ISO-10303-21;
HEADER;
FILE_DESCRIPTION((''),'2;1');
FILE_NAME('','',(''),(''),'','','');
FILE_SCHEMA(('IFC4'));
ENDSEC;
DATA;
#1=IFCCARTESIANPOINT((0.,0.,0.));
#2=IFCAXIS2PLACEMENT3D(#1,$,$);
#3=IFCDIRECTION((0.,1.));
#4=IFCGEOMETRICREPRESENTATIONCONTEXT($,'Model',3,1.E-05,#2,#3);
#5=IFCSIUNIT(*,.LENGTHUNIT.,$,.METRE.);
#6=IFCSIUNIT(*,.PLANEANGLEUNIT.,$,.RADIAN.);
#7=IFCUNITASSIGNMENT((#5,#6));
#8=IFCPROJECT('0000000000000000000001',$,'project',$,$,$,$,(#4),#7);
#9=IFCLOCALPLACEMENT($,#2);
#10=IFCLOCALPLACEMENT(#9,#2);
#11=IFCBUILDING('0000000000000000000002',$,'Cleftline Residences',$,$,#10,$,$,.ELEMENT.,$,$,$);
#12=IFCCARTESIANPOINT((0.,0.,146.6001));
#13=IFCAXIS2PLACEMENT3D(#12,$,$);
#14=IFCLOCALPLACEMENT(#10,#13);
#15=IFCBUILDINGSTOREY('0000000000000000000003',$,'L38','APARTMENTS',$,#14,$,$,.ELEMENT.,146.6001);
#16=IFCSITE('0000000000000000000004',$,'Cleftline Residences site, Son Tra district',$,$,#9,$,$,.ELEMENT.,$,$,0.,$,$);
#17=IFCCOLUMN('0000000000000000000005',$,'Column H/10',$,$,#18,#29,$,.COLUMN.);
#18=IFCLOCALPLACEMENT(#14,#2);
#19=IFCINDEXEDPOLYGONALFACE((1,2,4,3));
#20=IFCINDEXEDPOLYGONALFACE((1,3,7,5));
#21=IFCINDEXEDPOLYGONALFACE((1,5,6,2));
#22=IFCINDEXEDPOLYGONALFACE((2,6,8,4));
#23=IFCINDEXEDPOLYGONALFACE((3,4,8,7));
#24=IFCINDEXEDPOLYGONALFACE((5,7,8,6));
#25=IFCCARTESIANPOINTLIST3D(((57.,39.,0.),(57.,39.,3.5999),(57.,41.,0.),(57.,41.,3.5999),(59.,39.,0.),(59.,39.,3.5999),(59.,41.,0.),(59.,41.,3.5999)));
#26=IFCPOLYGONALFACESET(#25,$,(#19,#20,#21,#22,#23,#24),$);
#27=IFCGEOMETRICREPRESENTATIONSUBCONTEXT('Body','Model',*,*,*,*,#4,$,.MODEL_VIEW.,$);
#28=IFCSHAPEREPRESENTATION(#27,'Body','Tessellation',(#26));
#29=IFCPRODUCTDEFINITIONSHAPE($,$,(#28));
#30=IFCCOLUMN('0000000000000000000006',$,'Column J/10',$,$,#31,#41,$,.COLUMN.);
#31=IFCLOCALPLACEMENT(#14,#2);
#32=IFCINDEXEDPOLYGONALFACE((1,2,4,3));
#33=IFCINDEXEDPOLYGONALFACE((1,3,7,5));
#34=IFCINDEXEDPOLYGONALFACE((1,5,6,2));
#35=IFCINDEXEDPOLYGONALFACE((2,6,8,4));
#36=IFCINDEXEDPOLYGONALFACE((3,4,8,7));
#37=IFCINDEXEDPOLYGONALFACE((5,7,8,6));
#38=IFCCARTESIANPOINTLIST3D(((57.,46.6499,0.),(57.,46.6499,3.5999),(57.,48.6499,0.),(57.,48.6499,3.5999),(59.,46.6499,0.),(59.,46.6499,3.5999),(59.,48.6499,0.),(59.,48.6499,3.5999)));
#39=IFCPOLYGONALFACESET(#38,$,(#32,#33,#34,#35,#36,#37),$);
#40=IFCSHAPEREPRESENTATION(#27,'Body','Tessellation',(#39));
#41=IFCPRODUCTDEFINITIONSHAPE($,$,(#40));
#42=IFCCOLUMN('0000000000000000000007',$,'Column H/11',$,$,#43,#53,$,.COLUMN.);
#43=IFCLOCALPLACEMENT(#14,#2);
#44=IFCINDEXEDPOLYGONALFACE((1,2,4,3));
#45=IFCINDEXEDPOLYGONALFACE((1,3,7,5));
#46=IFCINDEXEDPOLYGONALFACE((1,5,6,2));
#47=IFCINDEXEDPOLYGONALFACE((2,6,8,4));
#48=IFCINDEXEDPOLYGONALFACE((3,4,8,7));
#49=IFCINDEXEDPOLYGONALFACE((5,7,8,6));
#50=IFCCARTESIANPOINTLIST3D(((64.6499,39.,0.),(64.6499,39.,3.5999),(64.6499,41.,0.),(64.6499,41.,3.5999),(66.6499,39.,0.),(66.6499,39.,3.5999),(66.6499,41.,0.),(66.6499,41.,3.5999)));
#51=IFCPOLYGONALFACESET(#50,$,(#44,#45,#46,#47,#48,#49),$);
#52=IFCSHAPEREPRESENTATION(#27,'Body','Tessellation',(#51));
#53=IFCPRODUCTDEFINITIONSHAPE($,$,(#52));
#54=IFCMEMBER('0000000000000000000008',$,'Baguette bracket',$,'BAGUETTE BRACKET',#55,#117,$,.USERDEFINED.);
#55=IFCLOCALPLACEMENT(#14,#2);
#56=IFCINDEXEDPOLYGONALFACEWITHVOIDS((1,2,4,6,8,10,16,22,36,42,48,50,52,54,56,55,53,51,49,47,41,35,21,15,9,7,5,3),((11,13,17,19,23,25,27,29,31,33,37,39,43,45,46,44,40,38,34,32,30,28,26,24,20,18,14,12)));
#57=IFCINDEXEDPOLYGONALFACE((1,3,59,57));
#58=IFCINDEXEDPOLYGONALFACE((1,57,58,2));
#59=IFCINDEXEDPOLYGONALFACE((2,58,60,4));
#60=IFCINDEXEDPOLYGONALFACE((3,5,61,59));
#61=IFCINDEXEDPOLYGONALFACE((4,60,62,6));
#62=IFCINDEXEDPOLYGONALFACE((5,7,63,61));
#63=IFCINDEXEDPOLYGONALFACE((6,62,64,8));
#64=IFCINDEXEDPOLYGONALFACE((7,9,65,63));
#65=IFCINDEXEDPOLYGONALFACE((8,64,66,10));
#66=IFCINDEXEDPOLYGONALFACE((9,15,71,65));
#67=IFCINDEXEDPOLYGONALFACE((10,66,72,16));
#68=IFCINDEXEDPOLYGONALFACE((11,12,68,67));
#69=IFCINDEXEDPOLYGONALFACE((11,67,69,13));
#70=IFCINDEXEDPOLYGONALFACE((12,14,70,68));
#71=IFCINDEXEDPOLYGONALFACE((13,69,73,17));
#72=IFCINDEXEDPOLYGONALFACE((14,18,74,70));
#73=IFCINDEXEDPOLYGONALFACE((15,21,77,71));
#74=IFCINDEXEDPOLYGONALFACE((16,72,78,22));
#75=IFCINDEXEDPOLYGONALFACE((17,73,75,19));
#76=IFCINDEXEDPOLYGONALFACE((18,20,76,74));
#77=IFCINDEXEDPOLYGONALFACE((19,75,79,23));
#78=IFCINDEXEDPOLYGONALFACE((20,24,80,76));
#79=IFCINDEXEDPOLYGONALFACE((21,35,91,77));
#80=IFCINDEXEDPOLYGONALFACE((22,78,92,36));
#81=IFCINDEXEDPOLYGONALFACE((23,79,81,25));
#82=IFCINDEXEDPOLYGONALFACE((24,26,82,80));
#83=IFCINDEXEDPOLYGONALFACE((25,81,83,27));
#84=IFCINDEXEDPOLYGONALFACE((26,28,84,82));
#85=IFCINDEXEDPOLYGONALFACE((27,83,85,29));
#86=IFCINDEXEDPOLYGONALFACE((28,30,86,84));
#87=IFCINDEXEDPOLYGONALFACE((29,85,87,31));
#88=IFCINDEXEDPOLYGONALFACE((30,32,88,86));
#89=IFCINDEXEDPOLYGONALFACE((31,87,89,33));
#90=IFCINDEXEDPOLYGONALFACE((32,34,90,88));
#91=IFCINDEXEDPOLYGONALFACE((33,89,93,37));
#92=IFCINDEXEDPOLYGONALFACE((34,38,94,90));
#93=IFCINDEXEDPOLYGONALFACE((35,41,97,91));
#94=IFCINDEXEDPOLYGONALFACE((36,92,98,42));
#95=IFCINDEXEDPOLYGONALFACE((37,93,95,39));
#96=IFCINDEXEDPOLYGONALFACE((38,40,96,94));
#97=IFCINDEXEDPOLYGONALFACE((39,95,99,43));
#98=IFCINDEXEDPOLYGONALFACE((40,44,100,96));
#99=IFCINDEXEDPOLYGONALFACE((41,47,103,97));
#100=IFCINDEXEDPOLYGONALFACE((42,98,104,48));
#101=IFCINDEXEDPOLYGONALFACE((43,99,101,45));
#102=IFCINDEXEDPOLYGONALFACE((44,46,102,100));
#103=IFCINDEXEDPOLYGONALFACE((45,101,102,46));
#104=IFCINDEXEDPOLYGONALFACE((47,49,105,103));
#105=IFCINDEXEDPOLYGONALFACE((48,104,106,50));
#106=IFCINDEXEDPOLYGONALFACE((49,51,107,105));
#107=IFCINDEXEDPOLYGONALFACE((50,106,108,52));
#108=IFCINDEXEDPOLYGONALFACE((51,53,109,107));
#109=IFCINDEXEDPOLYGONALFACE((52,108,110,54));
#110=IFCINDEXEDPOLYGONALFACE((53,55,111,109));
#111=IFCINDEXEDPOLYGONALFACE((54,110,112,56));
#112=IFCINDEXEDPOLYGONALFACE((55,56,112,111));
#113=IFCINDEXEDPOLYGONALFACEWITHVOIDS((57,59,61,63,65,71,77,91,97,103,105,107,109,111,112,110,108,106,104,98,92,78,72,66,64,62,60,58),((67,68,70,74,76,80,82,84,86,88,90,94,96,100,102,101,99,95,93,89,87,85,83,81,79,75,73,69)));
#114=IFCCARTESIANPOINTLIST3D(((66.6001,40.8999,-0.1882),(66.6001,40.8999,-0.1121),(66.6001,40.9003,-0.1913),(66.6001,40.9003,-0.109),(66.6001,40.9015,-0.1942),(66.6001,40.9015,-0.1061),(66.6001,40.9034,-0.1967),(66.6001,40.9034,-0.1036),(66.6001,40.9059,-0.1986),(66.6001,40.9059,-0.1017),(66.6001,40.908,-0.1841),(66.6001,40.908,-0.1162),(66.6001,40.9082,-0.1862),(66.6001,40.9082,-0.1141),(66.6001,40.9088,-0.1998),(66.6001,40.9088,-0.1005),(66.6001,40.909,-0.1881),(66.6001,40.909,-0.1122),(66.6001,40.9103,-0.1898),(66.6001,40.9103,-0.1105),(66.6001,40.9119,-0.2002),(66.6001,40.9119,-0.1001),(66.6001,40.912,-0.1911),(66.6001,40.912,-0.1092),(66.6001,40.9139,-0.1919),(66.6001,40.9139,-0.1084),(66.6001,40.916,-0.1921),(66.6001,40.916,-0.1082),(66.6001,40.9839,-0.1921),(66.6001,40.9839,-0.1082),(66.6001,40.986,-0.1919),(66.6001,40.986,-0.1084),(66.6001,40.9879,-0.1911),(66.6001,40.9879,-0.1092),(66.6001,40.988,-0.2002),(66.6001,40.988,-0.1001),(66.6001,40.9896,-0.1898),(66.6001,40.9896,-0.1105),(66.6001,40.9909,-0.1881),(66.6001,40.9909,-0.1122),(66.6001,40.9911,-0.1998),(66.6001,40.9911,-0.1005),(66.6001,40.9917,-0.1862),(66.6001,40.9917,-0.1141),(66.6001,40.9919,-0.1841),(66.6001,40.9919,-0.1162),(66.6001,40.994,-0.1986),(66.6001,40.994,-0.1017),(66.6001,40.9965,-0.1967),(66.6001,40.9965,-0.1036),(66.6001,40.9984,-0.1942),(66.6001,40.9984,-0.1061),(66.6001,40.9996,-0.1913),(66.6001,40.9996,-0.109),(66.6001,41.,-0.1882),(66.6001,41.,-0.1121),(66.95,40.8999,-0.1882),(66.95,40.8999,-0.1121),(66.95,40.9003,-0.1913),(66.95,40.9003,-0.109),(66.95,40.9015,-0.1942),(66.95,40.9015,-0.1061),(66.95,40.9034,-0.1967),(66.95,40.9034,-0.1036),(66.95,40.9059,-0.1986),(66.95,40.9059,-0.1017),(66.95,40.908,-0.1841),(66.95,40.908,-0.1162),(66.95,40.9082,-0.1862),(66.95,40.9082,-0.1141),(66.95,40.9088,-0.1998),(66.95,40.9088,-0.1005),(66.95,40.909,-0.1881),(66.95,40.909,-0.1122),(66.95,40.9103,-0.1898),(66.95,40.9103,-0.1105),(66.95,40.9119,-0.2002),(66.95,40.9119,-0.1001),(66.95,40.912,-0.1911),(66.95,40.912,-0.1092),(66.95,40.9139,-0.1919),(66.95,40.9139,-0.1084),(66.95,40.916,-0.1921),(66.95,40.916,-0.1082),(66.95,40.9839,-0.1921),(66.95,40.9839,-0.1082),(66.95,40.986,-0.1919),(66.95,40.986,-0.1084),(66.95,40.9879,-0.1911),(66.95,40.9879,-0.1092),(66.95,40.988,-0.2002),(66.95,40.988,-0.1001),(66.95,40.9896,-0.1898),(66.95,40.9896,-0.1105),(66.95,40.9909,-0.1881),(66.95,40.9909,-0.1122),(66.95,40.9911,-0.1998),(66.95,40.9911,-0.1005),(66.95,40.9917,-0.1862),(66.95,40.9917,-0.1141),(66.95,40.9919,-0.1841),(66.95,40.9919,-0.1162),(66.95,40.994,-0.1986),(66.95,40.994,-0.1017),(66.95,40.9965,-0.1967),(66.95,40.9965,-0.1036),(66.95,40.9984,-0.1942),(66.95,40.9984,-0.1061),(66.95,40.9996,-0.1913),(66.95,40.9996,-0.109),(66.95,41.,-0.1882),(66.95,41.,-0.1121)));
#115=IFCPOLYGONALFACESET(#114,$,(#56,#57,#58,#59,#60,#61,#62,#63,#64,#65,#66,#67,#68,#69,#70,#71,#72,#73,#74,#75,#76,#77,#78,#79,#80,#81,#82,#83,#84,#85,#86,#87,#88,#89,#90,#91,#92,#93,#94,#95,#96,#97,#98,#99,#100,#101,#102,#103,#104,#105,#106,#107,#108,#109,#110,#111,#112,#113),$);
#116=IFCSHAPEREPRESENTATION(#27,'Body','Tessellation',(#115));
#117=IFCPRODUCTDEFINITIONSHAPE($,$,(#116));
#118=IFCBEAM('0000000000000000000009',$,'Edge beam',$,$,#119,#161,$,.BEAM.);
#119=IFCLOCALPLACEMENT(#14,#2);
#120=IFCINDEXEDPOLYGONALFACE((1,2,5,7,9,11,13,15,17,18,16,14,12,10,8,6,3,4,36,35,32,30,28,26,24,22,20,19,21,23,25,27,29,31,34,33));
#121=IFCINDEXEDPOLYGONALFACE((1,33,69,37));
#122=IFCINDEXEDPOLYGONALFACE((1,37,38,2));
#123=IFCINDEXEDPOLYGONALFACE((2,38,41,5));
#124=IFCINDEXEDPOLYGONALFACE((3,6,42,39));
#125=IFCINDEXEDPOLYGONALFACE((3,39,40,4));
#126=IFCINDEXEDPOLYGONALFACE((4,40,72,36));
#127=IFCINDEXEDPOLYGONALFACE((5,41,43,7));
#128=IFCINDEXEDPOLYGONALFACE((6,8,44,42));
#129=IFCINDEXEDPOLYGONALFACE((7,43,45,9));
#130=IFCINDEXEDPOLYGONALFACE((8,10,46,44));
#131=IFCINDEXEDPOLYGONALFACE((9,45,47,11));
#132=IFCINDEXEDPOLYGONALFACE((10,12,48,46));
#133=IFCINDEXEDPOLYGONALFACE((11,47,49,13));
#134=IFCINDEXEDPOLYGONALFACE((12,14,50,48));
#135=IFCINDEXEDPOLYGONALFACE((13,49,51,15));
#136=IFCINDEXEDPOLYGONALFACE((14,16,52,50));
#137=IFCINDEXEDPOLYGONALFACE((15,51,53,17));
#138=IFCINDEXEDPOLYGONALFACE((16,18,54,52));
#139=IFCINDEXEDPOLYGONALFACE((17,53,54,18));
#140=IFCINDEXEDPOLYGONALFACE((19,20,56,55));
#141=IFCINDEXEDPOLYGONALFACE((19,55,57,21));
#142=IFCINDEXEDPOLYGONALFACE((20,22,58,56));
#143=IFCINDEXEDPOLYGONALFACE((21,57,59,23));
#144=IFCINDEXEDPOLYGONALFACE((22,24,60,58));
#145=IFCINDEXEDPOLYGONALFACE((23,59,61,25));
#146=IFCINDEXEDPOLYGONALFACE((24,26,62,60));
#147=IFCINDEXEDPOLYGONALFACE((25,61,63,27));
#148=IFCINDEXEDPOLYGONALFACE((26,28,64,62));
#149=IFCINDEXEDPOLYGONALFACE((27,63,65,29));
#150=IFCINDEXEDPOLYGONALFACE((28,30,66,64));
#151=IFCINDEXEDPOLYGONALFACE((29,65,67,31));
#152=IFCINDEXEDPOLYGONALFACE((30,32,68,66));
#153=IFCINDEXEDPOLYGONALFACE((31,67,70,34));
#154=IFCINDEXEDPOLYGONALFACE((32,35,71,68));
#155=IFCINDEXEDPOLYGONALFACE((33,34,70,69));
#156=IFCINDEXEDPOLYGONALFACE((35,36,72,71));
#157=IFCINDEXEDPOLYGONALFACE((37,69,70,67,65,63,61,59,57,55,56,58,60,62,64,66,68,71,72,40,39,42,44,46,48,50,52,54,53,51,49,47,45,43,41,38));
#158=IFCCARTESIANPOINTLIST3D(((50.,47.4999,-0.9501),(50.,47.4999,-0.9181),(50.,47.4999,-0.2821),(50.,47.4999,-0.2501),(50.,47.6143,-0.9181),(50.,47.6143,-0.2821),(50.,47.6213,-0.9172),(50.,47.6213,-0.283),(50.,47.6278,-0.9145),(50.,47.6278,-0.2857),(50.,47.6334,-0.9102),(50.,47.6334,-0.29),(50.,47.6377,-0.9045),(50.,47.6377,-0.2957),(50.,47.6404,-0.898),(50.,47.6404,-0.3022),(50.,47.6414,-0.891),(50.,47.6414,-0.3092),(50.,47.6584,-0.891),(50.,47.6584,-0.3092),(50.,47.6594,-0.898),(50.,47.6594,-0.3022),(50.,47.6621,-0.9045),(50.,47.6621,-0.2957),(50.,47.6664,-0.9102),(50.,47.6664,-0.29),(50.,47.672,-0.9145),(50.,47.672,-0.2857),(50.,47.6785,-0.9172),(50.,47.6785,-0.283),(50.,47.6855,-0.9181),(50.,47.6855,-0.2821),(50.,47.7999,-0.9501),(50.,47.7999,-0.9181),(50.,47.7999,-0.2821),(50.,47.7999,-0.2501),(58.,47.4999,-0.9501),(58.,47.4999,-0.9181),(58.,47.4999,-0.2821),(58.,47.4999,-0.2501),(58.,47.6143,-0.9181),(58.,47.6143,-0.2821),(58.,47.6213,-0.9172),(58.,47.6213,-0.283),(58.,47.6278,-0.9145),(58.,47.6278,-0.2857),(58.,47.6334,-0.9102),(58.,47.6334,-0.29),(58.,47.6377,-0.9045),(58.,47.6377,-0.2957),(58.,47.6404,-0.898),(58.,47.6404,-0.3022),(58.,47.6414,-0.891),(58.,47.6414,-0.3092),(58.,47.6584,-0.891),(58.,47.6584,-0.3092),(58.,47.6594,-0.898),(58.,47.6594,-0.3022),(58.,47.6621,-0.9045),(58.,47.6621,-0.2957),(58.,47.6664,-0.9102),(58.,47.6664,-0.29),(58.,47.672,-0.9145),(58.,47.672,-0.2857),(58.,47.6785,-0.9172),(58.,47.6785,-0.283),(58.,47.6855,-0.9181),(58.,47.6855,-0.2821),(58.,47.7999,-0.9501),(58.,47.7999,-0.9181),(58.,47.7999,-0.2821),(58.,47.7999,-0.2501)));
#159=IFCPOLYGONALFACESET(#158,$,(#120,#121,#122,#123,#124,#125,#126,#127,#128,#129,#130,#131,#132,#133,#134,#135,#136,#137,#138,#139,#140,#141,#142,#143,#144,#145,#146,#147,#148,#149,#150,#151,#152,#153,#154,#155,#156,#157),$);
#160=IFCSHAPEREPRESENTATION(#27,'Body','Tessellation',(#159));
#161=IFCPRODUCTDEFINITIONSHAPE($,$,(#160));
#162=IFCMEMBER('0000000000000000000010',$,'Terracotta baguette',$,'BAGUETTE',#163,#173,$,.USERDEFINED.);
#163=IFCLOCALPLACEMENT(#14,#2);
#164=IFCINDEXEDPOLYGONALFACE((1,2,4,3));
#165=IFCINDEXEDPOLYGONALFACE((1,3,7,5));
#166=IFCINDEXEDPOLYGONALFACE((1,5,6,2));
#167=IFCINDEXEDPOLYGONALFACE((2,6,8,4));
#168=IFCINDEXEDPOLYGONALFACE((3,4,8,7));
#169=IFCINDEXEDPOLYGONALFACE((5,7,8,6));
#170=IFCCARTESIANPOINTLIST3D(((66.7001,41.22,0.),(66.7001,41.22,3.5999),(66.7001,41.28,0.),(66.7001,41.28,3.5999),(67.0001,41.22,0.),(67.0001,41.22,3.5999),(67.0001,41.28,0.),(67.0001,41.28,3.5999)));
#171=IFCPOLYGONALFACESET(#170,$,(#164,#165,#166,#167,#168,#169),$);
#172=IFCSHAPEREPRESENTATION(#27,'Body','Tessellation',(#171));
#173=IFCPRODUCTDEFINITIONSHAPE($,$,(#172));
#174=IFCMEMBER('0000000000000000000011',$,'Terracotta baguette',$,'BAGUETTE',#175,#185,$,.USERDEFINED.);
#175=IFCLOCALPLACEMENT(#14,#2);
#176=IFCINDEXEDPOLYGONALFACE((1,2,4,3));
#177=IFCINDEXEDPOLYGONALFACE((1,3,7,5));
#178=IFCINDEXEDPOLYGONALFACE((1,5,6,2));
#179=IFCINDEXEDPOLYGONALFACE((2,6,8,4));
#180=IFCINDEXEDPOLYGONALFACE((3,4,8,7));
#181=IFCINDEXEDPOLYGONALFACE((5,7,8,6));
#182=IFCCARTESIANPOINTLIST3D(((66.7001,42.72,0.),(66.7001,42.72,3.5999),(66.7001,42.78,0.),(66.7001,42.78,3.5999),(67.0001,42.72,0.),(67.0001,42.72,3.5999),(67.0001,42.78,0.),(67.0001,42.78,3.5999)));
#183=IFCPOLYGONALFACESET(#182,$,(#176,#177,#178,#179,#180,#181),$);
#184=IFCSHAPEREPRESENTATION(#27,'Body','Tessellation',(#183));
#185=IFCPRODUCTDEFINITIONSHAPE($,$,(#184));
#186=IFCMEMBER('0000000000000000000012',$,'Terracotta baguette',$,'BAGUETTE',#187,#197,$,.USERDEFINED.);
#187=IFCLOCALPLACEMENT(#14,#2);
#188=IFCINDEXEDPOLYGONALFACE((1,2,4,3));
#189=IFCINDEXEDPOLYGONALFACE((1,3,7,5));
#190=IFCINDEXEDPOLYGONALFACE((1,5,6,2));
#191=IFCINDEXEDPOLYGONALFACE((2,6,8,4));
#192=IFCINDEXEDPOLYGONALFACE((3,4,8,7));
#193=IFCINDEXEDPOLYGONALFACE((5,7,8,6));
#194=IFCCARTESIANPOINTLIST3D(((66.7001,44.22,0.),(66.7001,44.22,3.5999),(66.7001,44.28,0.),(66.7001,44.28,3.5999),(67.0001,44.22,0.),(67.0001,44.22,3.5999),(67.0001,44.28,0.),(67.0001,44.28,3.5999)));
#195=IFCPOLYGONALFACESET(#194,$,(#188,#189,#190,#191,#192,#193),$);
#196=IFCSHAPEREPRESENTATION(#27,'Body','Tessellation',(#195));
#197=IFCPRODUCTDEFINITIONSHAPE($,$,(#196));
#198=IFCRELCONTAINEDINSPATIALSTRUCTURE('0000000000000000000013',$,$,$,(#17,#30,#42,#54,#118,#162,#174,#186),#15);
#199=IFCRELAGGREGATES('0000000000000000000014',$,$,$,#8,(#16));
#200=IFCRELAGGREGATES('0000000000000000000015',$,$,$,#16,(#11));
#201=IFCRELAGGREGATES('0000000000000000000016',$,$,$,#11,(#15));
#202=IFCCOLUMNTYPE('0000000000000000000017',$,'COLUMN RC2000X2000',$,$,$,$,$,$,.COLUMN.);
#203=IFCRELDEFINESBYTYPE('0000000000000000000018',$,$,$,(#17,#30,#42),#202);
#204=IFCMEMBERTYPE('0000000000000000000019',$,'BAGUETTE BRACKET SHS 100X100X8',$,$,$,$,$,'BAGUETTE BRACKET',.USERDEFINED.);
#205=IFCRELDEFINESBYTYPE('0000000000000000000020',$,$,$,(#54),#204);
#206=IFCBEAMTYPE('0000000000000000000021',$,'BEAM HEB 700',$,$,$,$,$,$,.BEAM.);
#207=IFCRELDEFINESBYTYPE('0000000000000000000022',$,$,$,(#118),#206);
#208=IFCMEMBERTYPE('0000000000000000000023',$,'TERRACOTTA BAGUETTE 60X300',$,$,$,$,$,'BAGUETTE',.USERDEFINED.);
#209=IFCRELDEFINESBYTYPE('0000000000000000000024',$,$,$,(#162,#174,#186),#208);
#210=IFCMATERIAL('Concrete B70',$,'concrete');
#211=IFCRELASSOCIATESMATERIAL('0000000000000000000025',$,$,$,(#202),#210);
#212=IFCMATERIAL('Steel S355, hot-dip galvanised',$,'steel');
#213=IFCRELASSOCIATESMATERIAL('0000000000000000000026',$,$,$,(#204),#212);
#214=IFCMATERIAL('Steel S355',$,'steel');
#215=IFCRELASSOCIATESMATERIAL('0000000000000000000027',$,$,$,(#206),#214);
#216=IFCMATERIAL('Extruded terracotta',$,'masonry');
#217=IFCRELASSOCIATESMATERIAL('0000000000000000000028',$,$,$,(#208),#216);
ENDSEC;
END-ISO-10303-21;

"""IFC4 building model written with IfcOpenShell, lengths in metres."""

from ifc_helpers import new_model, si_unit, direction, frame, origin, origin_2d, place, context, subcontext, project, spatial, rectangle, hollow_rectangle, i_section, extrude, material, material_profile, profile_set, type_object, element, save


model = new_model("IFC4")

# Units and contexts
model_context = context("Model", 3, precision=1e-05, world=origin(), true_north=direction((0.0, 1.0)))
body_context = subcontext(model_context, "Body", "Model", "MODEL_VIEW")
ifc_project = project(units=[si_unit("LENGTHUNIT", "METRE"), si_unit("PLANEANGLEUNIT", "RADIAN")], contexts=[model_context])

# Site, building, storey
site_placement = place(None, origin())
site = spatial("IfcSite", under=ifc_project, at=site_placement, Name="Cleftline Residences site, Son Tra district", CompositionType="ELEMENT", RefElevation=0.0)
building_placement = place(site_placement, origin())
building = spatial("IfcBuilding", under=site, at=building_placement, Name="Cleftline Residences", CompositionType="ELEMENT")
storey_placement = place(building_placement, frame((0.0, 0.0, 146.6001)))
storey = spatial("IfcBuildingStorey", under=building, at=storey_placement, Name="L38", Description="APARTMENTS", CompositionType="ELEMENT", Elevation=146.6001)

# Columns
ifc_material_1 = material(Name="Concrete B70", Category="concrete")
ifc_material_profile_1 = material_profile(ifc_material_1, rectangle(XDim=2.0, YDim=2.0, at=origin_2d()))
ifc_profile_set_1 = profile_set([ifc_material_profile_1], Name="Concrete B70")
column_type = type_object("IfcColumnType", Name="COLUMN RC2000X2000", PredefinedType="COLUMN", material=ifc_profile_set_1)
for number, where, z_axis, x_axis, name in (
    (1, (58.0, 40.0, 0.0), (0.0, 0.0, 1.0), (1.0, 0.0, 0.0), "Column H/10"),
    (2, (58.0, 47.6499, 0.0), (0.0, 0.0, 1.0), (1.0, 0.0, 0.0), "Column J/10"),
    (3, (65.6499, 40.0, 0.0), (0.0, 0.0, 1.0), (1.0, 0.0, 0.0), "Column H/11"),
):
    element("IfcColumn", number, at=place(storey_placement, frame(where, z_axis=z_axis, x_axis=x_axis)), inside=storey, type_object=column_type, Name=name, PredefinedType="COLUMN", context=body_context, shape_type="SweptSolid", body=[
        extrude(rectangle(XDim=2.0, YDim=2.0, at=origin_2d()), origin(), (0.0, 0.0, 1.0), 3.5999),
    ])

# Member
ifc_material_2 = material(Name="Steel S355, hot-dip galvanised", Category="steel")
ifc_material_profile_2 = material_profile(ifc_material_2, hollow_rectangle(XDim=0.1001, YDim=0.1001, WallThickness=0.0081, InnerFilletRadius=0.0081, OuterFilletRadius=0.012, at=origin_2d()))
ifc_profile_set_2 = profile_set([ifc_material_profile_2], Name="Steel S355, hot-dip galvanised")
member_type_1 = type_object("IfcMemberType", Name="BAGUETTE BRACKET SHS 100X100X8", ElementType="BAGUETTE BRACKET", PredefinedType="USERDEFINED", material=ifc_profile_set_2)
member_placement = place(storey_placement, frame((66.6001, 40.95, -0.1501), z_axis=(1.0, 0.0, 0.0), x_axis=(0.0, 1.0, 0.0)))
element("IfcMember", 4, at=member_placement, inside=storey, type_object=member_type_1, Name="Baguette bracket", ObjectType="BAGUETTE BRACKET", PredefinedType="USERDEFINED", context=body_context, shape_type="SweptSolid", body=[
    extrude(hollow_rectangle(XDim=0.1001, YDim=0.1001, WallThickness=0.0081, InnerFilletRadius=0.0081, OuterFilletRadius=0.012, at=origin_2d()), origin(), (0.0, 0.0, 1.0), 0.3499),
])

# Beam
ifc_material_3 = material(Name="Steel S355", Category="steel")
ifc_material_profile_3 = material_profile(ifc_material_3, i_section(OverallWidth=0.3, OverallDepth=0.7, WebThickness=0.0171, FlangeThickness=0.032, FilletRadius=0.0271, at=origin_2d()))
ifc_profile_set_3 = profile_set([ifc_material_profile_3], Name="Steel S355")
beam_type = type_object("IfcBeamType", Name="BEAM HEB 700", PredefinedType="BEAM", material=ifc_profile_set_3)
beam_placement = place(storey_placement, frame((58.0, 47.6499, -0.6001), z_axis=(-1.0, 0.0, 0.0), x_axis=(0.0, -1.0, 0.0)))
element("IfcBeam", 5, at=beam_placement, inside=storey, type_object=beam_type, Name="Edge beam", PredefinedType="BEAM", context=body_context, shape_type="SweptSolid", body=[
    extrude(i_section(OverallWidth=0.3, OverallDepth=0.7, WebThickness=0.0171, FlangeThickness=0.032, FilletRadius=0.0271, at=origin_2d()), origin(), (0.0, 0.0, 1.0), 8.0),
])

# Members
ifc_material_4 = material(Name="Extruded terracotta", Category="masonry")
ifc_material_profile_4 = material_profile(ifc_material_4, rectangle(XDim=0.0601, YDim=0.3, at=origin_2d()))
ifc_profile_set_4 = profile_set([ifc_material_profile_4], Name="Extruded terracotta")
member_type_2 = type_object("IfcMemberType", Name="TERRACOTTA BAGUETTE 60X300", ElementType="BAGUETTE", PredefinedType="USERDEFINED", material=ifc_profile_set_4)
for number, where, z_axis, x_axis, name in (
    (6, (66.8501, 41.25, 0.0), (0.0, 0.0, 1.0), (0.0, 1.0, 0.0), "Terracotta baguette"),
    (7, (66.8501, 42.75, 0.0), (0.0, 0.0, 1.0), (0.0, 1.0, 0.0), "Terracotta baguette"),
    (8, (66.8501, 44.25, 0.0), (0.0, 0.0, 1.0), (0.0, 1.0, 0.0), "Terracotta baguette"),
):
    element("IfcMember", number, at=place(storey_placement, frame(where, z_axis=z_axis, x_axis=x_axis)), inside=storey, type_object=member_type_2, Name=name, ObjectType="BAGUETTE", PredefinedType="USERDEFINED", context=body_context, shape_type="SweptSolid", body=[
        extrude(rectangle(XDim=0.0601, YDim=0.3, at=origin_2d()), origin(), (0.0, 0.0, 1.0), 3.5999),
    ])

save(model, "model.ifc")
